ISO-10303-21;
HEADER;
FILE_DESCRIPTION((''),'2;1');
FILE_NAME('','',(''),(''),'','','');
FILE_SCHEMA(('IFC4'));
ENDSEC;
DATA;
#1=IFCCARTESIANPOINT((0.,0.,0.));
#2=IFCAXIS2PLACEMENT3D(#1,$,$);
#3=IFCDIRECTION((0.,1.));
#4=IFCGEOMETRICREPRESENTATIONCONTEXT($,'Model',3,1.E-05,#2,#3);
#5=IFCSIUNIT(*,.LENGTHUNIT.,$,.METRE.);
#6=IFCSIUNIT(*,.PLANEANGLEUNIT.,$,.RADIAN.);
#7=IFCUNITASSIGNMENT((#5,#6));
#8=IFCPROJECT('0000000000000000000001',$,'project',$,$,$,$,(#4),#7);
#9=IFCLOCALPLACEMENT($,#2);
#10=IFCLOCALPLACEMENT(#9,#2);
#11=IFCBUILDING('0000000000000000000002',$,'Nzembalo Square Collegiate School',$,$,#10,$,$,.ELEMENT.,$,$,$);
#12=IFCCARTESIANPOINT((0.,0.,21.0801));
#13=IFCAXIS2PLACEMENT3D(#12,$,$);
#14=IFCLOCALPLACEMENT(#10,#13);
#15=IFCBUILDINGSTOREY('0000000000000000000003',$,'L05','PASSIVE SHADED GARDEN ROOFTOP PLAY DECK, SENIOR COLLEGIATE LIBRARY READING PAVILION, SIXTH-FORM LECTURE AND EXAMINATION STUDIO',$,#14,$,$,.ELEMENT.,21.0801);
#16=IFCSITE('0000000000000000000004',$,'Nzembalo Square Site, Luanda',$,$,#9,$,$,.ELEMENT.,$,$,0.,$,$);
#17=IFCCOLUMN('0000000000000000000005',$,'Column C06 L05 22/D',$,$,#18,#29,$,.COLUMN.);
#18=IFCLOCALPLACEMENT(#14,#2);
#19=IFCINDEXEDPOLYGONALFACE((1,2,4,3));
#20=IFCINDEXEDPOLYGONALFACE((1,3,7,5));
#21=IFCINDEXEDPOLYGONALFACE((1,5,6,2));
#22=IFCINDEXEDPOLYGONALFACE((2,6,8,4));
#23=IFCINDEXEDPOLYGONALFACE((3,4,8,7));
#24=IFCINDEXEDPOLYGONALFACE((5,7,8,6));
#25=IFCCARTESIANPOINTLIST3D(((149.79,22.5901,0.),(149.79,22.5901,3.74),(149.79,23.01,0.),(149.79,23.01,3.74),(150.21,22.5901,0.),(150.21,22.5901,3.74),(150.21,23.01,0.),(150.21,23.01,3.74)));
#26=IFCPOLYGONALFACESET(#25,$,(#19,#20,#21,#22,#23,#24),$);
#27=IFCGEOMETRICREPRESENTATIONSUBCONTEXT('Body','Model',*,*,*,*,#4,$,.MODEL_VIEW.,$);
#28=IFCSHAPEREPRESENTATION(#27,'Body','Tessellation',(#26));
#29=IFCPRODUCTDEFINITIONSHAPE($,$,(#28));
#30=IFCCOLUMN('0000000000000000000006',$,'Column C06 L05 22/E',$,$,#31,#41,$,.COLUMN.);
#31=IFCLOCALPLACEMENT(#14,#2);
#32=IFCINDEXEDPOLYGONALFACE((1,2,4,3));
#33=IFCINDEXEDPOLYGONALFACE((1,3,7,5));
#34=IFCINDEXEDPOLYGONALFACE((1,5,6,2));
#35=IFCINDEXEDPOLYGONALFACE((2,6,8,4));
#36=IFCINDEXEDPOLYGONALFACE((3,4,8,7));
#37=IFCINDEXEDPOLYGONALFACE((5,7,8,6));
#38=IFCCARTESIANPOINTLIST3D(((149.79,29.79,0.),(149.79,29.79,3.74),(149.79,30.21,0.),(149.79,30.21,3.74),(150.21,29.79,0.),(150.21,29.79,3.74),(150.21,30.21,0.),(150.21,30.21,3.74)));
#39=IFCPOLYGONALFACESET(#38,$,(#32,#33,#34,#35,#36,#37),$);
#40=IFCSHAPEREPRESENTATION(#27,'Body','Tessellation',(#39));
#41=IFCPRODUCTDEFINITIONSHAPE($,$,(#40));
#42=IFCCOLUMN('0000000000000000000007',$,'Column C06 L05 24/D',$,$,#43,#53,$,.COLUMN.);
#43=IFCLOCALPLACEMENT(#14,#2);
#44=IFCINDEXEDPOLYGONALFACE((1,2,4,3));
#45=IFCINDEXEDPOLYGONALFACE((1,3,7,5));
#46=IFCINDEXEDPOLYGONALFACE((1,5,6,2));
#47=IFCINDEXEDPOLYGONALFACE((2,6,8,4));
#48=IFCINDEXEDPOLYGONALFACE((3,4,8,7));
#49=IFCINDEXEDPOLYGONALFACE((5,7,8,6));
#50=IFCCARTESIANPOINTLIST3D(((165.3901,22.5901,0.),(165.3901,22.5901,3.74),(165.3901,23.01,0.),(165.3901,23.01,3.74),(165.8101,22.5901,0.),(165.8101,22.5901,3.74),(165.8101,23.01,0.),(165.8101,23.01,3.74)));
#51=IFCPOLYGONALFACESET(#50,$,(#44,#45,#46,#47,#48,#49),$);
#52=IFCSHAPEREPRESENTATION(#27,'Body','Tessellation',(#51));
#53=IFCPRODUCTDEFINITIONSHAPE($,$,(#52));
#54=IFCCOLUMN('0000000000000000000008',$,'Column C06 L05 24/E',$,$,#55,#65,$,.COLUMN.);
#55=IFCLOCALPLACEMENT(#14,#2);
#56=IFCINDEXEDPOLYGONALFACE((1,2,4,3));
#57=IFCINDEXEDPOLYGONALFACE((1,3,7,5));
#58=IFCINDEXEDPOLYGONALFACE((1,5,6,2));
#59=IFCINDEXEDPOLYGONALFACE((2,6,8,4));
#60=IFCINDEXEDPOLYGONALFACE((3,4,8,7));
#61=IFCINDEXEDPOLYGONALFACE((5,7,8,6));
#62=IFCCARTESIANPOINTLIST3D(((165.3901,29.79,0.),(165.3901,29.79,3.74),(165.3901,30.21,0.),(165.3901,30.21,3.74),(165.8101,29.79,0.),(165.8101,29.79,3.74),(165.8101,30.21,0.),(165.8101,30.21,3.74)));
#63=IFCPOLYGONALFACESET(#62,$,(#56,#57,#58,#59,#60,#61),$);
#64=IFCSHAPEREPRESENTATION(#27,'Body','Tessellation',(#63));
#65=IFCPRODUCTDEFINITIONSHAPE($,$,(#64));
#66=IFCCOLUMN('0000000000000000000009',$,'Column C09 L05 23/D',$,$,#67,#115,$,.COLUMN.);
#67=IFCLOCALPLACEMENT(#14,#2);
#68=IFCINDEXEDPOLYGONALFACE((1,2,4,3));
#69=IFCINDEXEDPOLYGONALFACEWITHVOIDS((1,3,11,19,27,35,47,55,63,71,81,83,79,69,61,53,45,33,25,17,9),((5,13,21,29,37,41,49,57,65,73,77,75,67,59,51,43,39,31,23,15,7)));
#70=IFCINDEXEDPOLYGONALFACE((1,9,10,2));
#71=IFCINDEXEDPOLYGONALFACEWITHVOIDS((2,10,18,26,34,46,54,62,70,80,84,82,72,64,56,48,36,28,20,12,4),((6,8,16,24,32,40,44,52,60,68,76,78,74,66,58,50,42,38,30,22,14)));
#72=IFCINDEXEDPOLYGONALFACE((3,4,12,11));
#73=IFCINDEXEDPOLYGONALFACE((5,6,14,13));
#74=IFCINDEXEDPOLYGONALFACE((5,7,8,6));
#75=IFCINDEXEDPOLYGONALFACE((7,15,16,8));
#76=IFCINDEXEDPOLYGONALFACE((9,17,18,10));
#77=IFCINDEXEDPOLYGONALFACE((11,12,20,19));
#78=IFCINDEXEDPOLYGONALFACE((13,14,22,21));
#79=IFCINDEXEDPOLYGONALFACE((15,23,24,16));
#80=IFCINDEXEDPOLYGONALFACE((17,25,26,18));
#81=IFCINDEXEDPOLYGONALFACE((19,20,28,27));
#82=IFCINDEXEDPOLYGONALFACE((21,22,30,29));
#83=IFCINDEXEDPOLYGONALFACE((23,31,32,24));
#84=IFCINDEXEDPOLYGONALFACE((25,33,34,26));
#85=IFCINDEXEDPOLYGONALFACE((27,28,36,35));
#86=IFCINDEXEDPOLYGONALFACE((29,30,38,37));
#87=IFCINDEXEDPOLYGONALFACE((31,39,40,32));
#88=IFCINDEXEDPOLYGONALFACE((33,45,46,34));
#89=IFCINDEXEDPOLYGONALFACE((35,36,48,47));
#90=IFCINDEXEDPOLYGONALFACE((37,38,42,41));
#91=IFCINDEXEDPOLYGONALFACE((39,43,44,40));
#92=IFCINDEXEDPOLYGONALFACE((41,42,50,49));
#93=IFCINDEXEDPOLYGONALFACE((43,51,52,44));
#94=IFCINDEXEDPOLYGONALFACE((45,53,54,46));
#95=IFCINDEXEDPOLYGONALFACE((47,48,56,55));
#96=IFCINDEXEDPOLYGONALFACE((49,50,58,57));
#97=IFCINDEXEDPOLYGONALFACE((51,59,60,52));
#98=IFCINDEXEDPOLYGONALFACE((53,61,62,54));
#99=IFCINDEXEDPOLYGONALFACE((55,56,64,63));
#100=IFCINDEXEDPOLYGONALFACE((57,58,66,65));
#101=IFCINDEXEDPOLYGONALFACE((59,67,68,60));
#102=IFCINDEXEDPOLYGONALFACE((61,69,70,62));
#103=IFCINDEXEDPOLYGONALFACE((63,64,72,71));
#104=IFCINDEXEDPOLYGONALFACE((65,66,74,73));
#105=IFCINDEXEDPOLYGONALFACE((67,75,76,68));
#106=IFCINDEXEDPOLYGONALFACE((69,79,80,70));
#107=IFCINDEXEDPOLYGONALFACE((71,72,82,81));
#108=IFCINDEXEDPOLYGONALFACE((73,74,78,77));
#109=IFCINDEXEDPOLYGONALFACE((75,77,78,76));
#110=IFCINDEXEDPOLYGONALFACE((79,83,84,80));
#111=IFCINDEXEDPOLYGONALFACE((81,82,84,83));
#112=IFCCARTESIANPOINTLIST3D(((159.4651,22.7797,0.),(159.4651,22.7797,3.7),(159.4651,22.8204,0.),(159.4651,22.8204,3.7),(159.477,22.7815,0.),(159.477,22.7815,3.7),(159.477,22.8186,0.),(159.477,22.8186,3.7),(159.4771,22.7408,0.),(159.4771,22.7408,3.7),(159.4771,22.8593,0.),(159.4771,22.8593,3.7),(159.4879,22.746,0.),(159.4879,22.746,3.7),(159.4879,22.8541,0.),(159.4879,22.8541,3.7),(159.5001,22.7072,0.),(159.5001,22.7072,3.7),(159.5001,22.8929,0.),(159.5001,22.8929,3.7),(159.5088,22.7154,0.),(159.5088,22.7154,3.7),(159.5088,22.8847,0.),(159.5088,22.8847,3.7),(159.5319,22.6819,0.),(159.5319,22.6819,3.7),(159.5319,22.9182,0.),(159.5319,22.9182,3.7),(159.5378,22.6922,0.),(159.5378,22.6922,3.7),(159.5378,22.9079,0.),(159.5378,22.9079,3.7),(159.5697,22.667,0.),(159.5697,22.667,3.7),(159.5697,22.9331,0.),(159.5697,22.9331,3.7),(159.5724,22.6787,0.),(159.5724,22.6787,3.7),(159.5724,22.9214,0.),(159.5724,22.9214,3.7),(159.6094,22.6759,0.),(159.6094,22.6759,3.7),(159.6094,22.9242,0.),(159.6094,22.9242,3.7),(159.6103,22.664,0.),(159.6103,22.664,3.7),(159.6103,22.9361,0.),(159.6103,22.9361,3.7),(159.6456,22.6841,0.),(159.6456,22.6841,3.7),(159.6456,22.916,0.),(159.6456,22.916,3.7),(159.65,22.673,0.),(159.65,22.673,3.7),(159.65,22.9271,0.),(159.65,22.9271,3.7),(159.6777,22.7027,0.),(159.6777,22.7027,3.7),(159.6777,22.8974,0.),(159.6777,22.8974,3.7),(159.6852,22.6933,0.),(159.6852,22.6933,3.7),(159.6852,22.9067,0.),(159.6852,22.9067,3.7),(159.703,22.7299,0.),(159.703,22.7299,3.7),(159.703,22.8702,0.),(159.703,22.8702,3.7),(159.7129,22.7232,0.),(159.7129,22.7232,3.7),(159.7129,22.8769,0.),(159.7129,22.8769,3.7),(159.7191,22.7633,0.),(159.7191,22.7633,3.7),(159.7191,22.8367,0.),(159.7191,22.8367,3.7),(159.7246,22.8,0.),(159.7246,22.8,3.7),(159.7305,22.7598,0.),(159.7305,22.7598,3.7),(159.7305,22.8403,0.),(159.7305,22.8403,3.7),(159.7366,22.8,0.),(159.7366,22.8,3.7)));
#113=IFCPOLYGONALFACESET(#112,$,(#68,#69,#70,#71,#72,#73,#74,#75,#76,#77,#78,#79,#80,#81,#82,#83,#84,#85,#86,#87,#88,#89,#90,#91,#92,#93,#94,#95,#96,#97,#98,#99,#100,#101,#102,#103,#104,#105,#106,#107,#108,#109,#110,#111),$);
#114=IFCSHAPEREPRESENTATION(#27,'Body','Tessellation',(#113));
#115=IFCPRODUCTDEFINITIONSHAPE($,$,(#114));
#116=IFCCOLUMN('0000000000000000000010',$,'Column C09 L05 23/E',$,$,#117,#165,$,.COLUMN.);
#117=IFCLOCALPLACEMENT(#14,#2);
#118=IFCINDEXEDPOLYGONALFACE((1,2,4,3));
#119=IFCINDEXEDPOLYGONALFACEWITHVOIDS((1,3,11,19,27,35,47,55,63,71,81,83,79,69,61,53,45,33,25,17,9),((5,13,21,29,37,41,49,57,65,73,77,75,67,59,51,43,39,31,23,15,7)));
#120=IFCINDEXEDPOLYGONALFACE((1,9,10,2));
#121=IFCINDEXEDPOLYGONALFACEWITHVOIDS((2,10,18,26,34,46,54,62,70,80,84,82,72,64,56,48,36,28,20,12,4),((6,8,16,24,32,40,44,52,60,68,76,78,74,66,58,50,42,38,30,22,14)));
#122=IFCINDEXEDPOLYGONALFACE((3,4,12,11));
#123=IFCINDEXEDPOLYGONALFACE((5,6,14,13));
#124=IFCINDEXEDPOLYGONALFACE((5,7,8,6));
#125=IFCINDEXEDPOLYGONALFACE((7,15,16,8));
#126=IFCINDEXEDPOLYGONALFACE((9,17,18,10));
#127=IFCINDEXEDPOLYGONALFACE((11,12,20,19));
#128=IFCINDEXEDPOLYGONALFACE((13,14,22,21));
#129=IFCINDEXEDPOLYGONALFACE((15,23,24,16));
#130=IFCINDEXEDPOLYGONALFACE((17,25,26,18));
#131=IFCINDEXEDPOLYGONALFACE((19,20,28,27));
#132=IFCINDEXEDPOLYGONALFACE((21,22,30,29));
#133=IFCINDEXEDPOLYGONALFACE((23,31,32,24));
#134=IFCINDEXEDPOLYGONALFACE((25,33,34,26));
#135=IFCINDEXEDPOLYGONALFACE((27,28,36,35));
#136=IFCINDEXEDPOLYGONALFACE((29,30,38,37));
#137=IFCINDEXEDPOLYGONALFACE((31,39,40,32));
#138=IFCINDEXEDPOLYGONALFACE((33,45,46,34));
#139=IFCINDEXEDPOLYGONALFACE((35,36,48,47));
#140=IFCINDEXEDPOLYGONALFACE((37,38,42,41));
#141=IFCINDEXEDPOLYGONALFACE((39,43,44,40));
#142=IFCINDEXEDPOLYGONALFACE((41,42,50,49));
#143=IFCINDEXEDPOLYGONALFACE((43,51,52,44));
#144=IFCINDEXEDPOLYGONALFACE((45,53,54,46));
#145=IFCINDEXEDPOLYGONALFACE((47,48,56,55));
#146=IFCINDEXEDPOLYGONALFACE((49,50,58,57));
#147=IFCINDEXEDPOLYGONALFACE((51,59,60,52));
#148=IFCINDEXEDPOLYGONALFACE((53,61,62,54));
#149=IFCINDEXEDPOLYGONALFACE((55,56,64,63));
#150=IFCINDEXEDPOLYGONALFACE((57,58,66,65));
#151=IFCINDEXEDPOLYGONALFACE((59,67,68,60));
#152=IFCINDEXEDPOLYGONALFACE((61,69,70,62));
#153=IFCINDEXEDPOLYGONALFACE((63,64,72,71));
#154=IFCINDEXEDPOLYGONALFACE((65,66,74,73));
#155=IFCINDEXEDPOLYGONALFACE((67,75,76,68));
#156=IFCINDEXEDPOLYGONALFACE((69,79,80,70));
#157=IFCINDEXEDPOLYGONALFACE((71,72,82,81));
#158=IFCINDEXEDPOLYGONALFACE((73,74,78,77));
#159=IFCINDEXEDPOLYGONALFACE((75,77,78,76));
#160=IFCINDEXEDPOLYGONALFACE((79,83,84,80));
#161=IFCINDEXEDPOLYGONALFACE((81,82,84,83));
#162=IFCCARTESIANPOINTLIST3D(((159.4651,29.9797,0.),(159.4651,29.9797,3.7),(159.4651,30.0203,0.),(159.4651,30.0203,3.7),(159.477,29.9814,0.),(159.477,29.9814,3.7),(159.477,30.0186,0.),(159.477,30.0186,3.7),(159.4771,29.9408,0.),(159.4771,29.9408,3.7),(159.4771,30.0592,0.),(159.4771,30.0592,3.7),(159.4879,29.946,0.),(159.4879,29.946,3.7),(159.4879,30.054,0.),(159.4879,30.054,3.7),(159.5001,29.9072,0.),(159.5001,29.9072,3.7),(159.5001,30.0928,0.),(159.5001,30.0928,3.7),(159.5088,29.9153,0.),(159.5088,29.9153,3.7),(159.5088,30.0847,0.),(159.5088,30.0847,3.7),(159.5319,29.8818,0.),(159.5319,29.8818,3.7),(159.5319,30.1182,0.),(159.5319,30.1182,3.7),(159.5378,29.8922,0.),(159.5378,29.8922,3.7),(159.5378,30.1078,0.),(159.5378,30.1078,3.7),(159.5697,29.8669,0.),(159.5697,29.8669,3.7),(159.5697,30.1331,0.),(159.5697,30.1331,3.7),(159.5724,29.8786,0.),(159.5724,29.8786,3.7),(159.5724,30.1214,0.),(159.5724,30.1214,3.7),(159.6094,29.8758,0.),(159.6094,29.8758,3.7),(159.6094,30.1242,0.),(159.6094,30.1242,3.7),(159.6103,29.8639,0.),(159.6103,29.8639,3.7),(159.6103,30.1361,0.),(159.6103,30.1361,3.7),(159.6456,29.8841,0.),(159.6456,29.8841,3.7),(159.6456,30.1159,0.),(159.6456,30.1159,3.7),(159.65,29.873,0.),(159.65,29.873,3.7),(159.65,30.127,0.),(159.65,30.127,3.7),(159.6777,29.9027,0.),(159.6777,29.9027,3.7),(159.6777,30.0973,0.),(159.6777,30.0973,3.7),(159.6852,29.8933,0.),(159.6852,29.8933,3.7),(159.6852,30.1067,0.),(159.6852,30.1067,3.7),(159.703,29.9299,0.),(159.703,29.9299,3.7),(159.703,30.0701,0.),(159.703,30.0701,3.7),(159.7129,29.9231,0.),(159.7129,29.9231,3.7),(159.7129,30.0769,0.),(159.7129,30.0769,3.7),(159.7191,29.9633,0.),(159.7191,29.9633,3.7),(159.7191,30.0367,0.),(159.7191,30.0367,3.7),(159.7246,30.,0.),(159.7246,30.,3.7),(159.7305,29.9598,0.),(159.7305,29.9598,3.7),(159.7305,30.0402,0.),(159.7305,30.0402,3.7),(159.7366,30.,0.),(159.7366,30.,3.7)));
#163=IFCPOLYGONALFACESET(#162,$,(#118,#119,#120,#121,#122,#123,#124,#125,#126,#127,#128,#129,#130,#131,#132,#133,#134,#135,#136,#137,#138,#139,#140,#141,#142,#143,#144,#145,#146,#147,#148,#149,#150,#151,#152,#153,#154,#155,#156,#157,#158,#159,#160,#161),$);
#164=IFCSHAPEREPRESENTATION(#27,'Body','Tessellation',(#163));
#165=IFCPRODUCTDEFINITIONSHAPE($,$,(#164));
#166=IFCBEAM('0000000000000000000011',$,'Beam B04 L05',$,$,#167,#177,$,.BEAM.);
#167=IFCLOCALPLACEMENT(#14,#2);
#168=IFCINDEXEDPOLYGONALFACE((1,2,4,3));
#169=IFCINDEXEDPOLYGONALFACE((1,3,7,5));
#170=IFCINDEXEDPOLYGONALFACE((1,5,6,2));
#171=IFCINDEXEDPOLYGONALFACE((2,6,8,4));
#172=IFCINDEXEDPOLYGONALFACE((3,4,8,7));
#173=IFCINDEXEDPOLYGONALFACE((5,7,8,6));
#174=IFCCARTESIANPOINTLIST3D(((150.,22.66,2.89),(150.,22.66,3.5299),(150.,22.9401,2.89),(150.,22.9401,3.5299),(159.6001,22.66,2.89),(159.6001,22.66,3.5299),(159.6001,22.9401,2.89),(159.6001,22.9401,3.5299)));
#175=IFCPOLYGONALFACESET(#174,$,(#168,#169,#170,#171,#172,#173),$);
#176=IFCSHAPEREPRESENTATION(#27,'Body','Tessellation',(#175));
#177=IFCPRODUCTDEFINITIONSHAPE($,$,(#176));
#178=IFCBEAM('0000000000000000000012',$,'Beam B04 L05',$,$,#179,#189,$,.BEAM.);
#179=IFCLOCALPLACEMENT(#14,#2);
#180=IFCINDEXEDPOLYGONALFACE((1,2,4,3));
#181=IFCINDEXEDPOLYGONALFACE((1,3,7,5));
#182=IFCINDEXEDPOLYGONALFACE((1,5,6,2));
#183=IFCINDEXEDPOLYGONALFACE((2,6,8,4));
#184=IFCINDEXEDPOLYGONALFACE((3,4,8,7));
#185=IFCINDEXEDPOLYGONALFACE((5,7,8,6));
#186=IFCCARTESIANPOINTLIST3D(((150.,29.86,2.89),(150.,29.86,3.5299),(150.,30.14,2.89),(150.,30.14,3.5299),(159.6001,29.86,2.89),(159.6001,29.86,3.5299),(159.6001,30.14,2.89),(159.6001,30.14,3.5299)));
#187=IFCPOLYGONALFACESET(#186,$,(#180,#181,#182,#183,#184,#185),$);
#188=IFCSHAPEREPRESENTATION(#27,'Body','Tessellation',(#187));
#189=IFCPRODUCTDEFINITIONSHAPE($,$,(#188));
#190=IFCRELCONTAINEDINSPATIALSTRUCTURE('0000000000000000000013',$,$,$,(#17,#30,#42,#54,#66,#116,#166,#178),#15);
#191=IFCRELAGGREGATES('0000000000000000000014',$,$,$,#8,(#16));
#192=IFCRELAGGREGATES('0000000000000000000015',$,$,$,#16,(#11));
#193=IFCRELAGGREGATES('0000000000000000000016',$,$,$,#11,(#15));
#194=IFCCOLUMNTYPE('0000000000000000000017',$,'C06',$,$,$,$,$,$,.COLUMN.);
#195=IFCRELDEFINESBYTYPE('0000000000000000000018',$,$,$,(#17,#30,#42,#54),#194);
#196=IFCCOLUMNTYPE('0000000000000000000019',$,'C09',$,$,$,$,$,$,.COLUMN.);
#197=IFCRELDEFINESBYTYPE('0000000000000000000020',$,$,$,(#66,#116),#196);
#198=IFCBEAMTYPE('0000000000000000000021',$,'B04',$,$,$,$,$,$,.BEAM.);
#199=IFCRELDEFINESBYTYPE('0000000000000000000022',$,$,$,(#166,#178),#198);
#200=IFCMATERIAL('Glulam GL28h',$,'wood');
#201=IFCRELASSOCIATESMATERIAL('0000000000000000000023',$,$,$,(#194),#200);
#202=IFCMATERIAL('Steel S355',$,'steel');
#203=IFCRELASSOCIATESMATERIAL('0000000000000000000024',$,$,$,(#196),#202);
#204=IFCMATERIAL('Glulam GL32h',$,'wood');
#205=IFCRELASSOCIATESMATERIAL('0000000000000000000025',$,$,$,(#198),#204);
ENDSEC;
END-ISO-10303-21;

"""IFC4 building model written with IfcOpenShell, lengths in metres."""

from ifc_helpers import new_model, si_unit, direction, frame, origin, origin_2d, place, context, subcontext, project, spatial, rectangle, hollow_circle, extrude, material, material_profile, profile_set, type_object, element, save


model = new_model("IFC4")

# Units and contexts
model_context = context("Model", 3, precision=1e-05, world=origin(), true_north=direction((0.0, 1.0)))
body_context = subcontext(model_context, "Body", "Model", "MODEL_VIEW")
ifc_project = project(units=[si_unit("LENGTHUNIT", "METRE"), si_unit("PLANEANGLEUNIT", "RADIAN")], contexts=[model_context])

# Site, building, storey
site_placement = place(None, origin())
site = spatial("IfcSite", under=ifc_project, at=site_placement, Name="Nzembalo Square Site, Luanda", CompositionType="ELEMENT", RefElevation=0.0)
building_placement = place(site_placement, origin())
building = spatial("IfcBuilding", under=site, at=building_placement, Name="Nzembalo Square Collegiate School", CompositionType="ELEMENT")
storey_placement = place(building_placement, frame((0.0, 0.0, 21.0801)))
storey = spatial("IfcBuildingStorey", under=building, at=storey_placement, Name="L05", Description="PASSIVE SHADED GARDEN ROOFTOP PLAY DECK, SENIOR COLLEGIATE LIBRARY READING PAVILION, SIXTH-FORM LECTURE AND EXAMINATION STUDIO", CompositionType="ELEMENT", Elevation=21.0801)

# Columns
ifc_material_1 = material(Name="Glulam GL28h", Category="wood")
ifc_material_profile_1 = material_profile(ifc_material_1, rectangle(XDim=0.4199, YDim=0.4199, at=origin_2d()), Name="GL28h 420x420")
ifc_profile_set_1 = profile_set([ifc_material_profile_1], Name="Glulam GL28h")
column_type_1 = type_object("IfcColumnType", Name="C06", PredefinedType="COLUMN", material=ifc_profile_set_1)
for number, where, z_axis, x_axis, name in (
    (1, (150.0, 22.8, 0.0), (0.0, 0.0, 1.0), (1.0, 0.0, 0.0), "Column C06 L05 22/D"),
    (2, (150.0, 30.0, 0.0), (0.0, 0.0, 1.0), (1.0, 0.0, 0.0), "Column C06 L05 22/E"),
    (3, (165.6001, 22.8, 0.0), (0.0, 0.0, 1.0), (1.0, 0.0, 0.0), "Column C06 L05 24/D"),
    (4, (165.6001, 30.0, 0.0), (0.0, 0.0, 1.0), (1.0, 0.0, 0.0), "Column C06 L05 24/E"),
):
    element("IfcColumn", number, at=place(storey_placement, frame(where, z_axis=z_axis, x_axis=x_axis)), inside=storey, type_object=column_type_1, Name=name, PredefinedType="COLUMN", context=body_context, shape_type="SweptSolid", body=[
        extrude(rectangle(XDim=0.4199, YDim=0.4199, at=origin_2d()), origin(), (0.0, 0.0, 1.0), 3.74),
    ])
ifc_material_2 = material(Name="Steel S355", Category="steel")
ifc_material_profile_2 = material_profile(ifc_material_2, hollow_circle(Radius=0.1365, WallThickness=0.012, at=origin_2d()), Name="CHS 273x12")
ifc_profile_set_2 = profile_set([ifc_material_profile_2], Name="Steel S355")
column_type_2 = type_object("IfcColumnType", Name="C09", PredefinedType="COLUMN", material=ifc_profile_set_2)
for number, where, z_axis, x_axis, name in (
    (5, (159.6001, 22.8, 0.0), (0.0, 0.0, 1.0), (1.0, 0.0, 0.0), "Column C09 L05 23/D"),
    (6, (159.6001, 30.0, 0.0), (0.0, 0.0, 1.0), (1.0, 0.0, 0.0), "Column C09 L05 23/E"),
):
    element("IfcColumn", number, at=place(storey_placement, frame(where, z_axis=z_axis, x_axis=x_axis)), inside=storey, type_object=column_type_2, Name=name, PredefinedType="COLUMN", context=body_context, shape_type="SweptSolid", body=[
        extrude(hollow_circle(Radius=0.1365, WallThickness=0.012, at=origin_2d()), origin(), (0.0, 0.0, 1.0), 3.7),
    ])

# Beams
ifc_material_3 = material(Name="Glulam GL32h", Category="wood")
ifc_material_profile_3 = material_profile(ifc_material_3, rectangle(XDim=0.28, YDim=0.6399, at=origin_2d()), Name="GL32h 280x640")
ifc_profile_set_3 = profile_set([ifc_material_profile_3], Name="Glulam GL32h")
beam_type_1 = type_object("IfcBeamType", Name="B04", PredefinedType="BEAM", material=ifc_profile_set_3)
for number, where, z_axis, x_axis, name in (
    (7, (150.0, 22.8, 3.21), (1.0, 0.0, 0.0), (0.0, 1.0, 0.0), "Beam B04 L05"),
    (8, (150.0, 30.0, 3.21), (1.0, 0.0, 0.0), (0.0, 1.0, 0.0), "Beam B04 L05"),
):
    element("IfcBeam", number, at=place(storey_placement, frame(where, z_axis=z_axis, x_axis=x_axis)), inside=storey, type_object=beam_type_1, Name=name, PredefinedType="BEAM", context=body_context, shape_type="SweptSolid", body=[
        extrude(rectangle(XDim=0.28, YDim=0.6399, at=origin_2d()), origin(), (0.0, 0.0, 1.0), 9.6001),
    ])

save(model, "model.ifc")
